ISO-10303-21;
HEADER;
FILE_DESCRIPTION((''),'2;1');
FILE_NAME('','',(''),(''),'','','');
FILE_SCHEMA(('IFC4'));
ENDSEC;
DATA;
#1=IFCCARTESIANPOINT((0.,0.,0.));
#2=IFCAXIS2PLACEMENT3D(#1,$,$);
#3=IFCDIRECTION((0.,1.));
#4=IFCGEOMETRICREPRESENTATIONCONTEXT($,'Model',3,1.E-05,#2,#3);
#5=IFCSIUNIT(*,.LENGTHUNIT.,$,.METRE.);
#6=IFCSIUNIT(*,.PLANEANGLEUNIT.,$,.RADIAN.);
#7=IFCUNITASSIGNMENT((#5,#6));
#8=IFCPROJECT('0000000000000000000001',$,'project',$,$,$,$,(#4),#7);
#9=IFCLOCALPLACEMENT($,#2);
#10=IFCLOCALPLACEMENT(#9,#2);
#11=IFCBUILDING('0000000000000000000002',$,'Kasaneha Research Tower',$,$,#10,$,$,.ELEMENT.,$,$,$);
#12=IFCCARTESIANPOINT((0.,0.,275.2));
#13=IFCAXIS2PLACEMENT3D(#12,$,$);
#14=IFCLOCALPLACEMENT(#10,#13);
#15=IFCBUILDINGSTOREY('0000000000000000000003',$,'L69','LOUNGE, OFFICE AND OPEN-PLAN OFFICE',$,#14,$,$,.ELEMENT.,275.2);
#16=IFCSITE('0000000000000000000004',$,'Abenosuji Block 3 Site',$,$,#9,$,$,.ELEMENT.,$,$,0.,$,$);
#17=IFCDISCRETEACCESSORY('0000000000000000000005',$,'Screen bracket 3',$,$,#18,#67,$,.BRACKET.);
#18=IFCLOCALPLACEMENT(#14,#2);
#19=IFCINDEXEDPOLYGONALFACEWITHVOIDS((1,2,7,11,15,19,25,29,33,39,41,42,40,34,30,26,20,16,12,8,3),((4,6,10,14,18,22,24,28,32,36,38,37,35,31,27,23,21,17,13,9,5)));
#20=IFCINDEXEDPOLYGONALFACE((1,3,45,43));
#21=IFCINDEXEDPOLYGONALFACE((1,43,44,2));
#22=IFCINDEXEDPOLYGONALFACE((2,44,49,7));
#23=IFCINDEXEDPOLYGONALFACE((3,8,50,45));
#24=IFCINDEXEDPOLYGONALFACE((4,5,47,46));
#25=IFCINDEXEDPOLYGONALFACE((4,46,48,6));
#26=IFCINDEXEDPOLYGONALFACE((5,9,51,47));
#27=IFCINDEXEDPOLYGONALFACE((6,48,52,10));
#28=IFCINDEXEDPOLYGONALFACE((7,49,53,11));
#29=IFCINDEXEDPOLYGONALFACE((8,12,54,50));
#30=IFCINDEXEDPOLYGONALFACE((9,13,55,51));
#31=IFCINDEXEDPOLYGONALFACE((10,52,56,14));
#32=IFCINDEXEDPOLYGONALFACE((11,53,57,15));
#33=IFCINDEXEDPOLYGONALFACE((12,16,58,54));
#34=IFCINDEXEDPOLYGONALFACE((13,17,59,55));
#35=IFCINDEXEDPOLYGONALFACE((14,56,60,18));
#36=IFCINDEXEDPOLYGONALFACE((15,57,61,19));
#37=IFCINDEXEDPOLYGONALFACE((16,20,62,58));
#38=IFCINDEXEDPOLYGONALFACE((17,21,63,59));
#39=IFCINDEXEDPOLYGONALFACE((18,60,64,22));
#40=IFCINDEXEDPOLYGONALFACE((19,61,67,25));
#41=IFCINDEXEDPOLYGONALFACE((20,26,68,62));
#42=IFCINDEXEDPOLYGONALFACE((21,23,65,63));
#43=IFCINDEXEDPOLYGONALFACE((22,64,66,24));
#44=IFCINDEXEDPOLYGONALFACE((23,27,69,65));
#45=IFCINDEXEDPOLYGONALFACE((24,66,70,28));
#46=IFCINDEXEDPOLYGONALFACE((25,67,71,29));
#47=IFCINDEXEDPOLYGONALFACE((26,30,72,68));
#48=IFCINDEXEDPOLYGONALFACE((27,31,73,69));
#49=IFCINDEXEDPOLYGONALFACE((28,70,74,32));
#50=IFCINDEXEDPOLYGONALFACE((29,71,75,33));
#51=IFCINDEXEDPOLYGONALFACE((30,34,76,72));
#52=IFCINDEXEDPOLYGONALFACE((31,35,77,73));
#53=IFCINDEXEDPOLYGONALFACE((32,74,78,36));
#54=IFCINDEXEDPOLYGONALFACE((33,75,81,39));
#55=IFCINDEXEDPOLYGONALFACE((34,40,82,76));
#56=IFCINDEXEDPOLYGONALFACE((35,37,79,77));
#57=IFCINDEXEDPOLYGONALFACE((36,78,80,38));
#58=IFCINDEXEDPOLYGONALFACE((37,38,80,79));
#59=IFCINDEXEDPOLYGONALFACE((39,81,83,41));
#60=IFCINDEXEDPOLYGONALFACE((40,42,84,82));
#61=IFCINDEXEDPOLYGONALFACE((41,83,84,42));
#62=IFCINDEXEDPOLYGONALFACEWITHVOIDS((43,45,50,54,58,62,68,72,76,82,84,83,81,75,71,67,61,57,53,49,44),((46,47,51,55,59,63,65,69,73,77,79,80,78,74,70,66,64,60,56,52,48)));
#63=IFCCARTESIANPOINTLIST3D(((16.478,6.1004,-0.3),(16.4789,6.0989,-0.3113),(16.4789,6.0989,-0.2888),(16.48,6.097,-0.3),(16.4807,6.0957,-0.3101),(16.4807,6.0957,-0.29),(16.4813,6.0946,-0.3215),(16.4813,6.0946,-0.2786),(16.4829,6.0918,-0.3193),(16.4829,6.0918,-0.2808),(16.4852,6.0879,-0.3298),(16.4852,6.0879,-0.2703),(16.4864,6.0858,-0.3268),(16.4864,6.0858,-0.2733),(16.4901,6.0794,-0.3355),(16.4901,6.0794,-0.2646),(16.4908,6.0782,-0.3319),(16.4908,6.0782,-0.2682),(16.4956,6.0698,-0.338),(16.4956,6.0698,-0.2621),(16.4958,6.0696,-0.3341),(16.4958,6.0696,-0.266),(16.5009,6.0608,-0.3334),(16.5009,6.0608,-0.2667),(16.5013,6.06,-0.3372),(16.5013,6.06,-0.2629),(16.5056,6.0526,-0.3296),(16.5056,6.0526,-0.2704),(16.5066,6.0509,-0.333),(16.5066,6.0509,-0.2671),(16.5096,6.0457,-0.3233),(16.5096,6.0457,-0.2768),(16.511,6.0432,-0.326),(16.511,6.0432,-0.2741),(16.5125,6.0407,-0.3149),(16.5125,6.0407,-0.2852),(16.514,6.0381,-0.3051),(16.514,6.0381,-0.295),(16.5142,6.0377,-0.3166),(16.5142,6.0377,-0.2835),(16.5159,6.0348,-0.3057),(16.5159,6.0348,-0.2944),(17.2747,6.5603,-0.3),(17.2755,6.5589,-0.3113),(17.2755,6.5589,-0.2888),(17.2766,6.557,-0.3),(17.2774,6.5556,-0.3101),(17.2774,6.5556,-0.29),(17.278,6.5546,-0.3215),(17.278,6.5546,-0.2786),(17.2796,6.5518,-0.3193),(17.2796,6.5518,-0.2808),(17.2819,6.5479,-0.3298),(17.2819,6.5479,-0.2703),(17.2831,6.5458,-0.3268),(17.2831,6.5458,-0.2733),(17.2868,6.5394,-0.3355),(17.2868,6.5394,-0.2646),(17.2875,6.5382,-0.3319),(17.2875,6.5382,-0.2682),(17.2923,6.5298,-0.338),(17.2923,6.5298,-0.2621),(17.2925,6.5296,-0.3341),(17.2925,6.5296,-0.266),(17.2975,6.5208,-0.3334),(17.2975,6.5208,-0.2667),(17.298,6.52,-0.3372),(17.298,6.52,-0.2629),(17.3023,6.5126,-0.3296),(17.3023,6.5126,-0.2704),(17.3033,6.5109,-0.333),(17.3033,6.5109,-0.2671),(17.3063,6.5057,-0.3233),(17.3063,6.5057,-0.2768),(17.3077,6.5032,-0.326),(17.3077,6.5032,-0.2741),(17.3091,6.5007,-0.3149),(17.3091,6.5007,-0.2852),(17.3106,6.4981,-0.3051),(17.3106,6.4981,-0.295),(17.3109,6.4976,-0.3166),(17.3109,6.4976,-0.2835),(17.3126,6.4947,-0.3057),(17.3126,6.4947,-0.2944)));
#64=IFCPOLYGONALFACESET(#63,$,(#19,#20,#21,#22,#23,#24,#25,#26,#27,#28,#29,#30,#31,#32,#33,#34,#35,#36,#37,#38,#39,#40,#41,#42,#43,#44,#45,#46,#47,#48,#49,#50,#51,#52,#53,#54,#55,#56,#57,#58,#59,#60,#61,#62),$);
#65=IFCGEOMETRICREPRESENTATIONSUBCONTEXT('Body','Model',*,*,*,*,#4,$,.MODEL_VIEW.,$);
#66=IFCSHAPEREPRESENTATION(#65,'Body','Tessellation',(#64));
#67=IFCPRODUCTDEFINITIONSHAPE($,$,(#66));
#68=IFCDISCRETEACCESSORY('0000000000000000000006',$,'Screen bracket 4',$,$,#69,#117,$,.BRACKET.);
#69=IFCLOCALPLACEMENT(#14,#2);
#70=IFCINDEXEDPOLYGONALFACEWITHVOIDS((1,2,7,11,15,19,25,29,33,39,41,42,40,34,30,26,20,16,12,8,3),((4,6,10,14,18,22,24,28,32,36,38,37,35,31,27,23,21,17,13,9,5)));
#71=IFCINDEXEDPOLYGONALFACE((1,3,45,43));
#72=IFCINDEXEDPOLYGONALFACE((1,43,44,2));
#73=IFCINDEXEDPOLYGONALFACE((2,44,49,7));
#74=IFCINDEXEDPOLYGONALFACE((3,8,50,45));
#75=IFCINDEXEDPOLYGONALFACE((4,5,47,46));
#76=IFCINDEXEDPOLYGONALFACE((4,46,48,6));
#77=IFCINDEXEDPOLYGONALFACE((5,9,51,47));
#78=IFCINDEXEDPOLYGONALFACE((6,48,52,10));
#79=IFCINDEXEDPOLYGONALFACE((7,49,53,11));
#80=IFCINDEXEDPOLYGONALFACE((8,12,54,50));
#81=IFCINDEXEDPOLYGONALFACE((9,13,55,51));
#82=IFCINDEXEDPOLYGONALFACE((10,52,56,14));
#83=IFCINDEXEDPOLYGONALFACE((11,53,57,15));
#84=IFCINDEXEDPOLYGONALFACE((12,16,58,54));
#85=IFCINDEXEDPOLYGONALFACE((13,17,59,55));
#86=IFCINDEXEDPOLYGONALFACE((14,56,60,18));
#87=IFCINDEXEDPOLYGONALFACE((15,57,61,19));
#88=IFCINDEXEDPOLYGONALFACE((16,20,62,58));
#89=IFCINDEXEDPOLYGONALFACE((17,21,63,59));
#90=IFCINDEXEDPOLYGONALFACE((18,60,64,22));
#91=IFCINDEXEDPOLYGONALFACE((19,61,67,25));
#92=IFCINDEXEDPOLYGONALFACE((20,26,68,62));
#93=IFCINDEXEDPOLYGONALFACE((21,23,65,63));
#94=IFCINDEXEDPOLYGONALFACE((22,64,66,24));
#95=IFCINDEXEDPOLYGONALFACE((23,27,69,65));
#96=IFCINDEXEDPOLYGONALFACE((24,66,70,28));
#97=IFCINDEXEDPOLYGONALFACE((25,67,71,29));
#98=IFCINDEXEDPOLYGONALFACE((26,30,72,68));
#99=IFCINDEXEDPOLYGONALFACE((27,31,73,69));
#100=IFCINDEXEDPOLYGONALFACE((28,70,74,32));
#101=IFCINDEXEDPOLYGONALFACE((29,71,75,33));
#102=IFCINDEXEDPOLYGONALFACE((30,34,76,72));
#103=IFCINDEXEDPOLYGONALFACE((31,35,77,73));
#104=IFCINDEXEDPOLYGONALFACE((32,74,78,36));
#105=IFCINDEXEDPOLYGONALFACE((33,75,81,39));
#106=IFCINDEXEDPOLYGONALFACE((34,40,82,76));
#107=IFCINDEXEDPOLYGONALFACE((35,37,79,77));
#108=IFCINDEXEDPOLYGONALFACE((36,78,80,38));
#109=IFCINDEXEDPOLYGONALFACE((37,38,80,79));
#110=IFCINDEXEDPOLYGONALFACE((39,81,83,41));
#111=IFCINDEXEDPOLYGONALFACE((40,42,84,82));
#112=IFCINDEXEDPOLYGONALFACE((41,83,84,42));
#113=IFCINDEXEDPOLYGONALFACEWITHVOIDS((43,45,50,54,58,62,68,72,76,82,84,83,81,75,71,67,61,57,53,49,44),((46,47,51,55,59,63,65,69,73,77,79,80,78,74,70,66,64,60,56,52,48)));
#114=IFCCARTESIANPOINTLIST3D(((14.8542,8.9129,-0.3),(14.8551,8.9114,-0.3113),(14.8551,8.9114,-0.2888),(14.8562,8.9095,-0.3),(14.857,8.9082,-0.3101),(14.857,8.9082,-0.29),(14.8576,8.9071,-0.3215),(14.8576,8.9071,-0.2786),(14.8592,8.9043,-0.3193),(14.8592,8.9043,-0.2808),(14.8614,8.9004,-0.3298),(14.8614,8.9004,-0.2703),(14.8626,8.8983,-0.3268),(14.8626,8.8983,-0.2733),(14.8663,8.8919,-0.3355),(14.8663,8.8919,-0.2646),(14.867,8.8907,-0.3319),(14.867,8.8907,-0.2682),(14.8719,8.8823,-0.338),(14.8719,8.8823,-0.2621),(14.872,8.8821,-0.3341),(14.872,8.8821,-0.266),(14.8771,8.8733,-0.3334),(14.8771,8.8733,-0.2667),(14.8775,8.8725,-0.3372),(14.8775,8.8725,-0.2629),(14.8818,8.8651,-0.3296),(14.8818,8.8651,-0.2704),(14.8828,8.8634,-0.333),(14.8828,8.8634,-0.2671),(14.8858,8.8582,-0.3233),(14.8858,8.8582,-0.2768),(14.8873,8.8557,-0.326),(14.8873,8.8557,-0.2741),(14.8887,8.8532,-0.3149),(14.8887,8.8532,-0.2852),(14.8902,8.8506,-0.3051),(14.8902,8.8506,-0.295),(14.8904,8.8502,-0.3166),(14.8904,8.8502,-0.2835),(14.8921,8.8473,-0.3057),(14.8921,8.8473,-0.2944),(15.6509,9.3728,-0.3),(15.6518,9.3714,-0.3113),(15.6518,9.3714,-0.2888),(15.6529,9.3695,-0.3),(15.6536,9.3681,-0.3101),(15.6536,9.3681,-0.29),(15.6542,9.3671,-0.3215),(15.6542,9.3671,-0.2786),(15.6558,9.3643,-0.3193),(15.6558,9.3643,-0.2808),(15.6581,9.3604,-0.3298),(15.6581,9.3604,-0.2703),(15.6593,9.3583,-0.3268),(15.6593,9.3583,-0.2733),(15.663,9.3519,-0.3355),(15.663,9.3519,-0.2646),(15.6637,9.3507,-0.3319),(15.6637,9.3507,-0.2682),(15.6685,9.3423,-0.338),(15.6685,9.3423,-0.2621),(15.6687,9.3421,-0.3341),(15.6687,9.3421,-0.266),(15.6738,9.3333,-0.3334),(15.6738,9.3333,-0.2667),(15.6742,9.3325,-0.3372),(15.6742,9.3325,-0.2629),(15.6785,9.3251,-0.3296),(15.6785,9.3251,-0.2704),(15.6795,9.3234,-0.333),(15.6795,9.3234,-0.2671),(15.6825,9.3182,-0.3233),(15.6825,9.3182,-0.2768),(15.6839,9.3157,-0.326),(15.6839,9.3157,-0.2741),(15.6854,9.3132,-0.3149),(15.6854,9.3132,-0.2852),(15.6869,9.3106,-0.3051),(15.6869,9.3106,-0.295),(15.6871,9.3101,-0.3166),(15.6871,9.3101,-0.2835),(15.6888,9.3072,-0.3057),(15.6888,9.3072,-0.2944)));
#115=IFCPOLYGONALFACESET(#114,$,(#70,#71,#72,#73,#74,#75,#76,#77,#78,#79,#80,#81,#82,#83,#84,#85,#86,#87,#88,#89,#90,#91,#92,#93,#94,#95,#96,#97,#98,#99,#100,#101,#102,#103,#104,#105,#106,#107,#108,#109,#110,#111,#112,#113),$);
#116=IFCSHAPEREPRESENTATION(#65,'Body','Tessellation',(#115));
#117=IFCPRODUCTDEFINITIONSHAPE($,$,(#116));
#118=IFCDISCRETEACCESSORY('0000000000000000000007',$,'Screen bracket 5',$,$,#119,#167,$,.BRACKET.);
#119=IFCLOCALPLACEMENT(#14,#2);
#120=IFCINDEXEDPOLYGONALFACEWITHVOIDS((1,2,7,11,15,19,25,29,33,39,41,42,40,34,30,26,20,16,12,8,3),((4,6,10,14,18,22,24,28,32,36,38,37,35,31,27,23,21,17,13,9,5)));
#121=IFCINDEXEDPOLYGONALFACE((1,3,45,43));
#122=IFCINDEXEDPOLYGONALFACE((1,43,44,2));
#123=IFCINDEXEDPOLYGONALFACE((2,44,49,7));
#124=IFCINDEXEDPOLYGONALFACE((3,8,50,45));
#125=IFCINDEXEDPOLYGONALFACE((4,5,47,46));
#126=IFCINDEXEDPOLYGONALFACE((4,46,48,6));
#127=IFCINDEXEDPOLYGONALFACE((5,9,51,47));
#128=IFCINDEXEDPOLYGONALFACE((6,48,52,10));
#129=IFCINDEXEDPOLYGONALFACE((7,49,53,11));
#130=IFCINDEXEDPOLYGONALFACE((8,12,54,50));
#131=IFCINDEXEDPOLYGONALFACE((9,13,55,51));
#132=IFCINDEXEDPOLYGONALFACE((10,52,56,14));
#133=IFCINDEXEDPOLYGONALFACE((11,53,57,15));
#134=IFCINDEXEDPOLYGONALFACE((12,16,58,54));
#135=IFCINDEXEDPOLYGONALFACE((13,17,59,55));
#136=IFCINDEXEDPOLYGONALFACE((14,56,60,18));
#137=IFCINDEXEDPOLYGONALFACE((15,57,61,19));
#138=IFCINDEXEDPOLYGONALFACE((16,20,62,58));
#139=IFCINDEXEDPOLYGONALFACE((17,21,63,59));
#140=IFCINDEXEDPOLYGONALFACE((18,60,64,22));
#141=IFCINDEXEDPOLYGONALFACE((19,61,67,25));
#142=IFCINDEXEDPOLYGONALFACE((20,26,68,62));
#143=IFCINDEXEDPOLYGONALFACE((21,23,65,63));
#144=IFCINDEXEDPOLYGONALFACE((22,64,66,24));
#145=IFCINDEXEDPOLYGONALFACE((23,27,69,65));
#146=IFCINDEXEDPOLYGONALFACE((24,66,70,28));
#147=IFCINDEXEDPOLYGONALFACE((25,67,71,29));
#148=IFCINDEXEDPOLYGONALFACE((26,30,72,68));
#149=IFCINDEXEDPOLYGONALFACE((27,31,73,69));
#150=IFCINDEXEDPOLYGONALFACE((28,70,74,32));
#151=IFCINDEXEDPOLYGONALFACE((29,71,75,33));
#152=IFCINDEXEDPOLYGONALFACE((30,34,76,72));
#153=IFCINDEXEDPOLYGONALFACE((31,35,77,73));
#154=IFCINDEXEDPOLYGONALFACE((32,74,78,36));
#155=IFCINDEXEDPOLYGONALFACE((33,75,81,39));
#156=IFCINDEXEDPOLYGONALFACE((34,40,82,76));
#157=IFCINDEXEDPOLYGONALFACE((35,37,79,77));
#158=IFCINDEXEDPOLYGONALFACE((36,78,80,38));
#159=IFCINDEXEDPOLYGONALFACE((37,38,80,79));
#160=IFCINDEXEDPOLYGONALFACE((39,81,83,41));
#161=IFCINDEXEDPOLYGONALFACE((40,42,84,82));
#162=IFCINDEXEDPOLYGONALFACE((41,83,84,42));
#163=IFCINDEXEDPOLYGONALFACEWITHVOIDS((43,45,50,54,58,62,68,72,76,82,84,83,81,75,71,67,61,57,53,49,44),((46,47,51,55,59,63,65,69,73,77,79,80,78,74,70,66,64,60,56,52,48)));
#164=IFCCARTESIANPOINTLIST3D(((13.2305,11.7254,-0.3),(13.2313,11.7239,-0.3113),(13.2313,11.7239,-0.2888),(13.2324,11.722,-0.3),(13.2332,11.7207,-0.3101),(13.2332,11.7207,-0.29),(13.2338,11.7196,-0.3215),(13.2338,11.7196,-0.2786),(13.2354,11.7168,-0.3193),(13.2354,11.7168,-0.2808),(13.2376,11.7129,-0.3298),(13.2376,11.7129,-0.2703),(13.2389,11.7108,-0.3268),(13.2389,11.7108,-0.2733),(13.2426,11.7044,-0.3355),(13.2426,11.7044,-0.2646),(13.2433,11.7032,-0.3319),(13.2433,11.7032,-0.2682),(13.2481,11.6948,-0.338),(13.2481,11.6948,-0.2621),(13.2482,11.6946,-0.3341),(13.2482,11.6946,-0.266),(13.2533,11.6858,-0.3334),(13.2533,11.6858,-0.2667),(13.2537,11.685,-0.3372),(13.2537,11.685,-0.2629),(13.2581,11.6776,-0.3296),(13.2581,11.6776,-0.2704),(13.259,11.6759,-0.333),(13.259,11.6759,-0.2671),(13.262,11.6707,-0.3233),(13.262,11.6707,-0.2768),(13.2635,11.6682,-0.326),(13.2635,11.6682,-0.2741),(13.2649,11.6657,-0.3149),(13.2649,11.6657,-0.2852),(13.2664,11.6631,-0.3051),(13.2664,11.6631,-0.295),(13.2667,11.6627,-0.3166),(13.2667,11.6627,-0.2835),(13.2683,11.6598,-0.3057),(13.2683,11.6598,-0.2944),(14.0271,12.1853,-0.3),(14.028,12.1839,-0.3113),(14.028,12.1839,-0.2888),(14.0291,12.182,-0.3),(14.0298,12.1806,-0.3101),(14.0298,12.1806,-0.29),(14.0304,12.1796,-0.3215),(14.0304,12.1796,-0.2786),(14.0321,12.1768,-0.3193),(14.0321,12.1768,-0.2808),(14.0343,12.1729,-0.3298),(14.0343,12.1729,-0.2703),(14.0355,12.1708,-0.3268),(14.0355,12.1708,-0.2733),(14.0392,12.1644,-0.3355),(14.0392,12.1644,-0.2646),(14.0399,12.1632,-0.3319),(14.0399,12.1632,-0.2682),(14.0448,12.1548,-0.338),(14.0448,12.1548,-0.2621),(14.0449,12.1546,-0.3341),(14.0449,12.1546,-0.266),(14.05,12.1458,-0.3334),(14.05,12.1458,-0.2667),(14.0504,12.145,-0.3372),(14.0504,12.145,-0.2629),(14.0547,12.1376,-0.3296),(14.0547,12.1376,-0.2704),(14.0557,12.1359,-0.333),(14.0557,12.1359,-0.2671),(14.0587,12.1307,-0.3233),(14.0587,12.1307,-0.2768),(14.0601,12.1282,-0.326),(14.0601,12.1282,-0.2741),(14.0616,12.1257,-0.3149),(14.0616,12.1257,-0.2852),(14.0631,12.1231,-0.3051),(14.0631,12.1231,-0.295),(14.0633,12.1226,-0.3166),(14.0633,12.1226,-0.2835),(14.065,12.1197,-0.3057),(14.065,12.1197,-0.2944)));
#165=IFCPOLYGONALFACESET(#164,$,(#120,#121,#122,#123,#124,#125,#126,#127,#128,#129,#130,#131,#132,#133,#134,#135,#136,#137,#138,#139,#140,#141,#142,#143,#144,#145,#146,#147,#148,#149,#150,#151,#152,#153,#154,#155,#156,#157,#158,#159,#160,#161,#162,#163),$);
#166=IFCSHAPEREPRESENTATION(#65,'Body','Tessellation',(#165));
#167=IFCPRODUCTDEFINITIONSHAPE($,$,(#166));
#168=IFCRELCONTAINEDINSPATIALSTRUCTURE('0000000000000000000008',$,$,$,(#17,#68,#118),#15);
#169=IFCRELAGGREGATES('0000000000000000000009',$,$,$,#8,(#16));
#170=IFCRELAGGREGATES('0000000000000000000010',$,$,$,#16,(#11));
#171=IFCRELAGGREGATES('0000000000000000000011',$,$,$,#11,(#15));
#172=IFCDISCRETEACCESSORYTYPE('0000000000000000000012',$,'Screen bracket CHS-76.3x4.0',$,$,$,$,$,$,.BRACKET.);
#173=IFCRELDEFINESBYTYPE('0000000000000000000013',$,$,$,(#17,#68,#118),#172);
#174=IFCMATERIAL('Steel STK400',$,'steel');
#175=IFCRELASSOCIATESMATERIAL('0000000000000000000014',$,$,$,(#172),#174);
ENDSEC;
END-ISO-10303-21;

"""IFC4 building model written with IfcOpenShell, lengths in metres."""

from ifc_helpers import new_model, si_unit, direction, frame, origin, origin_2d, place, context, subcontext, project, spatial, hollow_circle, extrude, material, material_profile, profile_set, type_object, element, save


model = new_model("IFC4")

# Units and contexts
model_context = context("Model", 3, precision=1e-05, world=origin(), true_north=direction((0.0, 1.0)))
body_context = subcontext(model_context, "Body", "Model", "MODEL_VIEW")
ifc_project = project(units=[si_unit("LENGTHUNIT", "METRE"), si_unit("PLANEANGLEUNIT", "RADIAN")], contexts=[model_context])

# Site, building, storey
site_placement = place(None, origin())
site = spatial("IfcSite", under=ifc_project, at=site_placement, Name="Abenosuji Block 3 Site", CompositionType="ELEMENT", RefElevation=0.0)
building_placement = place(site_placement, origin())
building = spatial("IfcBuilding", under=site, at=building_placement, Name="Kasaneha Research Tower", CompositionType="ELEMENT")
storey_placement = place(building_placement, frame((0.0, 0.0, 275.2)))
storey = spatial("IfcBuildingStorey", under=building, at=storey_placement, Name="L69", Description="LOUNGE, OFFICE AND OPEN-PLAN OFFICE", CompositionType="ELEMENT", Elevation=275.2)

# Discrete accessories
ifc_material_1 = material(Name="Steel STK400", Category="steel")
ifc_material_profile_1 = material_profile(ifc_material_1, hollow_circle(Radius=0.0381, WallThickness=0.0039, at=origin_2d()), Name="CHS-76.3x4.0")
ifc_profile_set_1 = profile_set([ifc_material_profile_1], Name="Steel STK400")
discrete_accessory_type = type_object("IfcDiscreteAccessoryType", Name="Screen bracket CHS-76.3x4.0", PredefinedType="BRACKET", material=ifc_profile_set_1)
for number, where, z_axis, x_axis, name in (
    (1, (16.4971, 6.0674, -0.3), (0.866013, 0.500021, 0.0), (-0.500021, 0.866013, 0.0), "Screen bracket 3"),
    (2, (14.8733, 8.8799, -0.3), (0.866013, 0.500021, 0.0), (-0.500021, 0.866013, 0.0), "Screen bracket 4"),
    (3, (13.2495, 11.6924, -0.3), (0.866013, 0.500021, 0.0), (-0.500021, 0.866013, 0.0), "Screen bracket 5"),
):
    element("IfcDiscreteAccessory", number, at=place(storey_placement, frame(where, z_axis=z_axis, x_axis=x_axis)), inside=storey, type_object=discrete_accessory_type, Name=name, PredefinedType="BRACKET", context=body_context, shape_type="SweptSolid", body=[
        extrude(hollow_circle(Radius=0.0381, WallThickness=0.0039, at=origin_2d()), origin(), (0.0, 0.0, 1.0), 0.9199),
    ])

save(model, "model.ifc")
